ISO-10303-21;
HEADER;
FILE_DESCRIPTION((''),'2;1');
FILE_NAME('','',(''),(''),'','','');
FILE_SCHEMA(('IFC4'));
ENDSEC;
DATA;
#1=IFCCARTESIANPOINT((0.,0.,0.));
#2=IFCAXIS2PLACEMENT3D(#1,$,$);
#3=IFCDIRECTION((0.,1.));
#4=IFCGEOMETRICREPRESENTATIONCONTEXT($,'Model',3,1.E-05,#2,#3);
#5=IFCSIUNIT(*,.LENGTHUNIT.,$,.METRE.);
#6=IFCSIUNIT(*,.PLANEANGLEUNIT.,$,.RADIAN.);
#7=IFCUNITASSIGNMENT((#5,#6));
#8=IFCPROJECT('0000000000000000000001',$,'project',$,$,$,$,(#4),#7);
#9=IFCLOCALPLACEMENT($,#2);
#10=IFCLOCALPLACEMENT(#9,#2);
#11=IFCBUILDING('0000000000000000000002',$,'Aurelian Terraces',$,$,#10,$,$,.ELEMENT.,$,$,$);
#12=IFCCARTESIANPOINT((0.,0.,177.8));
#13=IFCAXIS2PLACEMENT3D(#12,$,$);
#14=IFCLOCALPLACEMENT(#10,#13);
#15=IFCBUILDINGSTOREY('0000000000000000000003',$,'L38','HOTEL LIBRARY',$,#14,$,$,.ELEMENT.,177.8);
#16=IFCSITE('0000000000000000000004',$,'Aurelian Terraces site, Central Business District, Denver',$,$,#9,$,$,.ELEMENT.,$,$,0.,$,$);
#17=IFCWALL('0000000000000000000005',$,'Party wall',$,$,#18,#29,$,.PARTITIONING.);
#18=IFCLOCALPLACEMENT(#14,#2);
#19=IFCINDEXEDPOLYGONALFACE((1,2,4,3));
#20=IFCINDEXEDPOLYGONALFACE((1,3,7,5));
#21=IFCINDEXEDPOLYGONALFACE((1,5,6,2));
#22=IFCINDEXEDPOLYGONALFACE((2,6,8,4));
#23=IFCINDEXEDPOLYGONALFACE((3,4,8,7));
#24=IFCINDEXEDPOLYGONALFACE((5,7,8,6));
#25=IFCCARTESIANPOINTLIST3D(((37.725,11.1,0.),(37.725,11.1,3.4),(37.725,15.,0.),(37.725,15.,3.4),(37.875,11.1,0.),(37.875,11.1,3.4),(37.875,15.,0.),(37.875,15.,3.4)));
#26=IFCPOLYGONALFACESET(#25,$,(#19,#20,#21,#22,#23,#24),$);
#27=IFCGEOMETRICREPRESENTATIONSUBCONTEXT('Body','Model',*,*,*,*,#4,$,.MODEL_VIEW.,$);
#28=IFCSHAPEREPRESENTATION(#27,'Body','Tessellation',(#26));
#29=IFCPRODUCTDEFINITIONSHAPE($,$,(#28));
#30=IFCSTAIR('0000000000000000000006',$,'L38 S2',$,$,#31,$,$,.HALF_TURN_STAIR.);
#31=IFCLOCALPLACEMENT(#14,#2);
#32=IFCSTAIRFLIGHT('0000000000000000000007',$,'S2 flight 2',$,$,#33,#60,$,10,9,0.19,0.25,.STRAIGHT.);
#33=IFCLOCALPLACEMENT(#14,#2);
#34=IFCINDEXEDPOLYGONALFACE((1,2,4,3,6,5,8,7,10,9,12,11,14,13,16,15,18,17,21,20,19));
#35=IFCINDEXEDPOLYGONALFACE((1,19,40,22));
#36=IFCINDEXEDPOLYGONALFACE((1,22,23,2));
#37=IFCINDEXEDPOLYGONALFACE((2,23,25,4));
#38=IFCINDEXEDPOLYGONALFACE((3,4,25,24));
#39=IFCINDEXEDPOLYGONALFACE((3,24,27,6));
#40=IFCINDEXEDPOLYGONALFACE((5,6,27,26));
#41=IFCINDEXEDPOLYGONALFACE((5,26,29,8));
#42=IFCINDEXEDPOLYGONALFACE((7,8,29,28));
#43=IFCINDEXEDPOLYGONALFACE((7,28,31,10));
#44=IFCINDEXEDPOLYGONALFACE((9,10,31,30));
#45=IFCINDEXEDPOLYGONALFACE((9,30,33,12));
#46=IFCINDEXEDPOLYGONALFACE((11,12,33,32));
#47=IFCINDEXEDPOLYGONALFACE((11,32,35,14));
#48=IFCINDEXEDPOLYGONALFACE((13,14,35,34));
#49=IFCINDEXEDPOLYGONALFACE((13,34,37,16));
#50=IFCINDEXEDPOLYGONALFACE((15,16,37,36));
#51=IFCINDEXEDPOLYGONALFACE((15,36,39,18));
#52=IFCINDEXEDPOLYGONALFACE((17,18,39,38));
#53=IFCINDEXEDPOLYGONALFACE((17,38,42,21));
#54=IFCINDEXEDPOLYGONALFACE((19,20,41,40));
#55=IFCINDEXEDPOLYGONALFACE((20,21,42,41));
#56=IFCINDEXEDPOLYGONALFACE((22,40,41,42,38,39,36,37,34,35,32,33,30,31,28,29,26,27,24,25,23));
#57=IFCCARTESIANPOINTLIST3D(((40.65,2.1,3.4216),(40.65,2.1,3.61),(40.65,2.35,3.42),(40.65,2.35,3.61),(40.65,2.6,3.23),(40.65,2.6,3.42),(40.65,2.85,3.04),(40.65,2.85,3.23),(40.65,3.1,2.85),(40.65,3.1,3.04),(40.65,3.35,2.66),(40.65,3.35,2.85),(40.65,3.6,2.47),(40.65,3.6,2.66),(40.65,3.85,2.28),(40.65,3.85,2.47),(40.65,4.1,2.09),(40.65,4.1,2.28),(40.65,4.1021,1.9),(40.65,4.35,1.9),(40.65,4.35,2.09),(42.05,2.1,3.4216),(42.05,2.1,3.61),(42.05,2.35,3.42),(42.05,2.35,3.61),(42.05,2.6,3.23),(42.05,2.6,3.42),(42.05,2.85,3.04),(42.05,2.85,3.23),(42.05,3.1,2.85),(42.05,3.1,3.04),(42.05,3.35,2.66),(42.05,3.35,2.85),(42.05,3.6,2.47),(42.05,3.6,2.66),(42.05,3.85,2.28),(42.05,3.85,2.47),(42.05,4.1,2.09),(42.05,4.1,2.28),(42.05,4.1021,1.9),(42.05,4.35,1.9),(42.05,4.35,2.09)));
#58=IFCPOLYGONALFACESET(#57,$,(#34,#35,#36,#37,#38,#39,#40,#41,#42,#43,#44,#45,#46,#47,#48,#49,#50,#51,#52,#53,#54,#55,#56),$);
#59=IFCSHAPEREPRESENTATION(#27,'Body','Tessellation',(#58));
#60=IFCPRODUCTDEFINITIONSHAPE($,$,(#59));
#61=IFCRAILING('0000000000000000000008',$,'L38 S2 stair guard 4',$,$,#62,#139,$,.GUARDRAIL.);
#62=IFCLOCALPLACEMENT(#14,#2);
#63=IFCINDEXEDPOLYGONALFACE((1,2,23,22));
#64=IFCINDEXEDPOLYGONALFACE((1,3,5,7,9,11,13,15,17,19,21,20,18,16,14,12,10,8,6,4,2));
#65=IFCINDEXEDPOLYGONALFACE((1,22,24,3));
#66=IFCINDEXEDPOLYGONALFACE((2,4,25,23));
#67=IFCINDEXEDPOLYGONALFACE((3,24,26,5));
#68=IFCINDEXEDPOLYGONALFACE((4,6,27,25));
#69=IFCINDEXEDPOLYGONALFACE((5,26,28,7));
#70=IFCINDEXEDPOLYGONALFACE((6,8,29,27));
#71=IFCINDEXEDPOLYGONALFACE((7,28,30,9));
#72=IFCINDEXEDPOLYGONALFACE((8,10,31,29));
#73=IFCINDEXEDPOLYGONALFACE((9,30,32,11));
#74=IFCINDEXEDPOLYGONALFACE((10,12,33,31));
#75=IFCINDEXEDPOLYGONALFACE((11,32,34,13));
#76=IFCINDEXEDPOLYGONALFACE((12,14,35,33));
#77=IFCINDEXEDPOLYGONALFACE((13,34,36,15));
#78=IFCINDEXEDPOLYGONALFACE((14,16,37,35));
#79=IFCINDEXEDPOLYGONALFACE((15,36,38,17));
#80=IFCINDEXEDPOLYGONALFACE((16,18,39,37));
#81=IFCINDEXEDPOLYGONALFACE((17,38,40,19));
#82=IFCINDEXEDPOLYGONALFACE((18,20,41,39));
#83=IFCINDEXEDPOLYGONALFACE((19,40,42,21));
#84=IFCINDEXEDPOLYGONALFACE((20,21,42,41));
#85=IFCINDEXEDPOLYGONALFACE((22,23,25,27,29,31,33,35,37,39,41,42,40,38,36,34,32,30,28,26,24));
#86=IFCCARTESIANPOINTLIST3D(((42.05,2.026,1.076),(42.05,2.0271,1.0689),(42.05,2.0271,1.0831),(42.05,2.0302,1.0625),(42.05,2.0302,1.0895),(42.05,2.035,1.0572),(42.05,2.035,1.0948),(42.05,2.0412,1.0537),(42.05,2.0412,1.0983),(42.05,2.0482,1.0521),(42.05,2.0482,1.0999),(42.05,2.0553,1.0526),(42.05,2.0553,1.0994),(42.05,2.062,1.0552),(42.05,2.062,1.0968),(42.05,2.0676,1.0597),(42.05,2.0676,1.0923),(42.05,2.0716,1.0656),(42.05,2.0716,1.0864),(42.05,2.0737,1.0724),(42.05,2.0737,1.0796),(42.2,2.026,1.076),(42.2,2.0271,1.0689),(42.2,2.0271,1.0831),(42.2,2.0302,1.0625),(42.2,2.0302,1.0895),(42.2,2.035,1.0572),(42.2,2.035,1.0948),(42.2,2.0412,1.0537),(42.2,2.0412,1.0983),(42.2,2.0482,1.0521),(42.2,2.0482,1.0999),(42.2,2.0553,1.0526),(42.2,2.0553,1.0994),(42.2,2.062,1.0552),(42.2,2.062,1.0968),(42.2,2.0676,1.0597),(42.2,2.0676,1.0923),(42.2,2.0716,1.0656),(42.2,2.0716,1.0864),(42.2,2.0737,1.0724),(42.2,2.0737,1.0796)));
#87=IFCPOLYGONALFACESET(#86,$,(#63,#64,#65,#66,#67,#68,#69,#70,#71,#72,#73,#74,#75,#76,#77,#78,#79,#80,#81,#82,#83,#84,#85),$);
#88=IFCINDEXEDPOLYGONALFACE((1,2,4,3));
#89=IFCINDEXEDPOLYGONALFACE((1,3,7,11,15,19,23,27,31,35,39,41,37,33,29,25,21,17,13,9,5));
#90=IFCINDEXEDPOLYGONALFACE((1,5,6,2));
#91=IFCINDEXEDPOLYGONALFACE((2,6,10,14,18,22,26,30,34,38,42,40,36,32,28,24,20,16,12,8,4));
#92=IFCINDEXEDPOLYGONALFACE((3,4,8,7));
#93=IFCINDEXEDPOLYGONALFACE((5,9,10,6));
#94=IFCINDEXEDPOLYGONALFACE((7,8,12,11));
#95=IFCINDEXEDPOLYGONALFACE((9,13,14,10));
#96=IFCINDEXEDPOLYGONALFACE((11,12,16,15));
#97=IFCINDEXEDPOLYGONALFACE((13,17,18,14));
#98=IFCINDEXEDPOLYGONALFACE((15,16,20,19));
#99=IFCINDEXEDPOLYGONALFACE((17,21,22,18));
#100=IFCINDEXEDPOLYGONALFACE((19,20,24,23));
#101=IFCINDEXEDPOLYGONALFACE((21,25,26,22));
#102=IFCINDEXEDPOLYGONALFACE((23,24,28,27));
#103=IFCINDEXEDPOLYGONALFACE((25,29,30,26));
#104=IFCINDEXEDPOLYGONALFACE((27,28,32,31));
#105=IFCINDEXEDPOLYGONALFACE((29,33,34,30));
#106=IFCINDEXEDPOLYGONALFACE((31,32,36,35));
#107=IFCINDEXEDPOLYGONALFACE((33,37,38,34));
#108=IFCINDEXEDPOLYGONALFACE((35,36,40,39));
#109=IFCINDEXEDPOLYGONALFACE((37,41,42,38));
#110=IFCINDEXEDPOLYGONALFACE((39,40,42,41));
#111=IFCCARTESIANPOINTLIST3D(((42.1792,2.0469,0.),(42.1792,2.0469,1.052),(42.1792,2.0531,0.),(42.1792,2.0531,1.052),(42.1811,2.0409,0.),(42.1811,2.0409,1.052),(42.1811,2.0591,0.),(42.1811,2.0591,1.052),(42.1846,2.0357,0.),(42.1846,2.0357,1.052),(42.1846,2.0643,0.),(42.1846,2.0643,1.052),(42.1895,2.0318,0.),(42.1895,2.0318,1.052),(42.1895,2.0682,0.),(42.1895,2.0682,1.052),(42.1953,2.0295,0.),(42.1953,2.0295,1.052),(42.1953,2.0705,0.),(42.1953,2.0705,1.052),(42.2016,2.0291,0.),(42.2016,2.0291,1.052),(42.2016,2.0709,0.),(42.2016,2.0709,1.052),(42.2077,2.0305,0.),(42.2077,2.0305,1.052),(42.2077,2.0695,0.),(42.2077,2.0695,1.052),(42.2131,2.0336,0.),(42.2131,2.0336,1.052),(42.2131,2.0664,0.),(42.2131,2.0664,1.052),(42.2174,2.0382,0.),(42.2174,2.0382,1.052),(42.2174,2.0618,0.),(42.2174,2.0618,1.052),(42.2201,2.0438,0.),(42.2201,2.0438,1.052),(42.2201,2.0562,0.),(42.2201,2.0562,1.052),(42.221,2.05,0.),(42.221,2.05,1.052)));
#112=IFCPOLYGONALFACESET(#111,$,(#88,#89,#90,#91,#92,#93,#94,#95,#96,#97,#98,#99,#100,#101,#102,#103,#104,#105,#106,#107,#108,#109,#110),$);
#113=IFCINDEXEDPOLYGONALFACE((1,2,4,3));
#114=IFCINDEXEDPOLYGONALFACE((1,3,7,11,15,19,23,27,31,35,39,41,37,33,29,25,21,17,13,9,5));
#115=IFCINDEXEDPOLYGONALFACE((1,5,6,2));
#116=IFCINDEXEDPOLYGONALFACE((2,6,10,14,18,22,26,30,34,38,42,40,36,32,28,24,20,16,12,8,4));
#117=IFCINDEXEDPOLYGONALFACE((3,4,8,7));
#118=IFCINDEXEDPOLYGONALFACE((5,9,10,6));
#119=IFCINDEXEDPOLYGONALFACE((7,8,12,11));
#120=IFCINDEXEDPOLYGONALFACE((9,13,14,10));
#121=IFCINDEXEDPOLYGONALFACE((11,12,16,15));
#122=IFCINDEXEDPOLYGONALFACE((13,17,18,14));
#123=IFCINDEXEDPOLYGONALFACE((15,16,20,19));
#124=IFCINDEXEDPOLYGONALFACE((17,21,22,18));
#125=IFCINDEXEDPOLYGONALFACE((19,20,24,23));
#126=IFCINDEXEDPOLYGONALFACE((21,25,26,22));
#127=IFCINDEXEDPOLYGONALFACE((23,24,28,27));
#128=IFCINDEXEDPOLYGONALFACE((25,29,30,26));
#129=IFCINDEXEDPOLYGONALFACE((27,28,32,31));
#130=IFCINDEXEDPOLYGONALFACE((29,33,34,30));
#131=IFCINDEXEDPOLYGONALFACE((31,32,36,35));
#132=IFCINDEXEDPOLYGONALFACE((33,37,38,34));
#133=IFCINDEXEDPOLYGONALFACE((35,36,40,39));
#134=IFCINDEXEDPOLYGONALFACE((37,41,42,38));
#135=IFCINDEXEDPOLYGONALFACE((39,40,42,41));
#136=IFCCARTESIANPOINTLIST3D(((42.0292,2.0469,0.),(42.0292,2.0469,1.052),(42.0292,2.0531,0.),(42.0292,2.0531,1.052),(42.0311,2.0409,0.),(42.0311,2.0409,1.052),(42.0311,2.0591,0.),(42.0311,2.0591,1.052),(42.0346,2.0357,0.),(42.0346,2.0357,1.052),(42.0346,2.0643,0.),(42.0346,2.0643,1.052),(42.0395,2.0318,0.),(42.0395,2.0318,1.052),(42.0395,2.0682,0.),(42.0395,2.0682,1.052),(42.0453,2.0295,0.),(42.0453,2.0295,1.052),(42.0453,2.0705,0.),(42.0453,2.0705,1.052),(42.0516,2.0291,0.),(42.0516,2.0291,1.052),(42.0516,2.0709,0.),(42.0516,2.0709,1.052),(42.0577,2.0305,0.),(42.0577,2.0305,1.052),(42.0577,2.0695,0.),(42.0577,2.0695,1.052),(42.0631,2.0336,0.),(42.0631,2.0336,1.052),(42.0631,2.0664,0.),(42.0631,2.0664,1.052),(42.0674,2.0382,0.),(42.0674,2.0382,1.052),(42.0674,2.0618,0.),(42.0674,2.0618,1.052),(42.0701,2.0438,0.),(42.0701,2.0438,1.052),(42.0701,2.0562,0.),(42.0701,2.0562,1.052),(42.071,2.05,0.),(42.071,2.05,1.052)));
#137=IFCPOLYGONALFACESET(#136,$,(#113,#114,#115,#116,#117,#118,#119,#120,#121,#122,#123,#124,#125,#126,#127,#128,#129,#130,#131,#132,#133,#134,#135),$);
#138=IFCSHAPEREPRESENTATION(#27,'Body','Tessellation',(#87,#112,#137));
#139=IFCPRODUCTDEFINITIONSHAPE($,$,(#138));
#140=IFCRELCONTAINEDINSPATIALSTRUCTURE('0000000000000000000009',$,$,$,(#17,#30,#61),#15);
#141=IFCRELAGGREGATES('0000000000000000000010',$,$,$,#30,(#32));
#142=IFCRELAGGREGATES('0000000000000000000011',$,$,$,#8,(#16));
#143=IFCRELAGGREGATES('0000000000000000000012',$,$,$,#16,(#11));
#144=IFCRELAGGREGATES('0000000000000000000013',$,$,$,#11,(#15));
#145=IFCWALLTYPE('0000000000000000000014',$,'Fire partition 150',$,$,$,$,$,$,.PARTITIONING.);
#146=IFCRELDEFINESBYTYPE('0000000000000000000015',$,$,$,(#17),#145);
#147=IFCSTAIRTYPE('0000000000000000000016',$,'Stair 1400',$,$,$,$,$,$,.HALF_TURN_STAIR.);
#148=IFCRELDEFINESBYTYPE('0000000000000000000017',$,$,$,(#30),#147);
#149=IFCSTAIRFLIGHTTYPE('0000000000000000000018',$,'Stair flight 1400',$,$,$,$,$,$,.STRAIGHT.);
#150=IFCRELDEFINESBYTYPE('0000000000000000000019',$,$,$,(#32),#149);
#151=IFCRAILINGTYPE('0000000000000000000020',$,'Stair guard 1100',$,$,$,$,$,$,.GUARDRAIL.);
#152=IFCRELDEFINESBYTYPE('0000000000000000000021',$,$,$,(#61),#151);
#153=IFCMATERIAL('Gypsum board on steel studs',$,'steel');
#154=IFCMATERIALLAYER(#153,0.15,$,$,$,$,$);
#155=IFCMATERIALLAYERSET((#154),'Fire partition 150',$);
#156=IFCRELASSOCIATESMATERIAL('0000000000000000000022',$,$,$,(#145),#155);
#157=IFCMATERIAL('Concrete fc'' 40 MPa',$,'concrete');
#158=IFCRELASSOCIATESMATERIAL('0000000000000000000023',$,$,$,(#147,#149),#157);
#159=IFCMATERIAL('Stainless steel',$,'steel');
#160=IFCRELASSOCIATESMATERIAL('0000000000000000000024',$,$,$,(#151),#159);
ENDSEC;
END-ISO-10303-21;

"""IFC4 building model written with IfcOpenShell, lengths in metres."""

from ifc_helpers import new_model, si_unit, direction, frame, frame_2d, origin, origin_2d, place, context, subcontext, project, spatial, polyline, rectangle, circle, outline, extrude, source, transform, mapped, material, layer, layer_set, type_object, element, aggregate, save


model = new_model("IFC4")

# Units and contexts
model_context = context("Model", 3, precision=1e-05, world=origin(), true_north=direction((0.0, 1.0)))
body_context = subcontext(model_context, "Body", "Model", "MODEL_VIEW")
ifc_project = project(units=[si_unit("LENGTHUNIT", "METRE"), si_unit("PLANEANGLEUNIT", "RADIAN")], contexts=[model_context])

# Site, building, storey
site_placement = place(None, origin())
site = spatial("IfcSite", under=ifc_project, at=site_placement, Name="Aurelian Terraces site, Central Business District, Denver", CompositionType="ELEMENT", RefElevation=0.0)
building_placement = place(site_placement, origin())
building = spatial("IfcBuilding", under=site, at=building_placement, Name="Aurelian Terraces", CompositionType="ELEMENT")
storey_placement = place(building_placement, frame((0.0, 0.0, 177.8)))
storey = spatial("IfcBuildingStorey", under=building, at=storey_placement, Name="L38", Description="HOTEL LIBRARY", CompositionType="ELEMENT", Elevation=177.8)

# Shared definitions
ifc_material_1 = material(Name="Gypsum board on steel studs", Category="steel")

# Shared definitions
ifc_layer_1 = layer(ifc_material_1, 0.15)
ifc_layer_set_1 = layer_set([ifc_layer_1], Name="Fire partition 150")
wall_type_1 = type_object("IfcWallType", Name="Fire partition 150", PredefinedType="PARTITIONING", material=ifc_layer_set_1)

# Shared definitions
ifc_material_2 = material(Name="Concrete fc' 40 MPa", Category="concrete")

# Wall
shared_shape_1 = source(origin(), body_context, "Body", "SweptSolid", [
    extrude(rectangle(XDim=3.9, YDim=0.15, at=frame_2d((1.95, 0.0))), origin(), (0.0, 0.0, 1.0), 3.4),
])
wall_1_placement = place(storey_placement, frame((37.8, 11.1, 0.0), z_axis=(0.0, 0.0, 1.0), x_axis=(0.0, 1.0, 0.0)))
element("IfcWall", 1, at=wall_1_placement, inside=storey, type_object=wall_type_1, Name="Party wall", PredefinedType="PARTITIONING", context=body_context, shape_type="MappedRepresentation", body=[
    mapped(shared_shape_1, transform((0.0, 0.0, 0.0), scale=1.0)),
])

# Stair, stair flight
stair_type = type_object("IfcStairType", Name="Stair 1400", PredefinedType="HALF_TURN_STAIR", material=ifc_material_2)
stair_placement = place(storey_placement, origin())
stair = element("IfcStair", 2, at=stair_placement, inside=storey, type_object=stair_type, Name="L38 S2", PredefinedType="HALF_TURN_STAIR")
stair_flight_type = type_object("IfcStairFlightType", Name="Stair flight 1400", PredefinedType="STRAIGHT", material=ifc_material_2)
shared_shape_2 = source(origin(), body_context, "Body", "SweptSolid", [
    extrude(outline(polyline([(0.0, 0.0), (0.0, 0.19), (0.25, 0.19), (0.25, 0.38), (0.5, 0.38), (0.5, 0.57), (0.75, 0.57), (0.75, 0.76), (1.0, 0.76), (1.0, 0.95), (1.25, 0.95), (1.25, 1.14), (1.5, 1.14), (1.5, 1.33), (1.75, 1.33), (1.75, 1.52), (2.0, 1.52), (2.0, 1.71), (2.25, 1.71), (2.25, 1.9), (2.25, 1.5216), (0.2479, 0.0), (0.0, 0.0)])), frame((0.0, 0.7, 0.0), z_axis=(0.0, -1.0, 0.0), x_axis=(1.0, 0.0, 0.0)), (0.0, 0.0, 1.0), 1.4),
])
stair_flight_placement = place(storey_placement, frame((41.35, 4.35, 1.9), z_axis=(0.0, 0.0, 1.0), x_axis=(0.0, -1.0, 0.0)))
stair_flight = element("IfcStairFlight", 3, at=stair_flight_placement, type_object=stair_flight_type, Name="S2 flight 2", NumberOfRisers=10, NumberOfTreads=9, PredefinedType="STRAIGHT", RiserHeight=0.19, TreadLength=0.25, context=body_context, shape_type="MappedRepresentation", body=[
    mapped(shared_shape_2, transform((0.0, 0.0, 0.0), scale=1.0)),
])
aggregate(stair, [stair_flight])

# Railing
ifc_material_3 = material(Name="Stainless steel", Category="steel")
railing_type_1 = type_object("IfcRailingType", Name="Stair guard 1100", PredefinedType="GUARDRAIL", material=ifc_material_3)
shared_shape_3 = source(origin(), body_context, "Body", "SweptSolid", [
    extrude(circle(Radius=0.024, at=origin_2d()), frame((0.0, 0.0, 1.076), z_axis=(-1.0, 0.0, 0.0), x_axis=(0.0, -1.0, 0.0)), (0.0, 0.0, 1.0), 0.15),
    extrude(circle(Radius=0.021, at=origin_2d()), origin(), (0.0, 0.0, 1.0), 1.052),
    extrude(circle(Radius=0.021, at=origin_2d()), frame((-0.15, 0.0, 0.0)), (0.0, 0.0, 1.0), 1.052),
])
railing_1_placement = place(storey_placement, frame((42.2, 2.05, 0.0)))
element("IfcRailing", 4, at=railing_1_placement, inside=storey, type_object=railing_type_1, Name="L38 S2 stair guard 4", PredefinedType="GUARDRAIL", context=body_context, shape_type="MappedRepresentation", body=[
    mapped(shared_shape_3, transform((0.0, 0.0, 0.0), scale=1.0)),
])

save(model, "model.ifc")
